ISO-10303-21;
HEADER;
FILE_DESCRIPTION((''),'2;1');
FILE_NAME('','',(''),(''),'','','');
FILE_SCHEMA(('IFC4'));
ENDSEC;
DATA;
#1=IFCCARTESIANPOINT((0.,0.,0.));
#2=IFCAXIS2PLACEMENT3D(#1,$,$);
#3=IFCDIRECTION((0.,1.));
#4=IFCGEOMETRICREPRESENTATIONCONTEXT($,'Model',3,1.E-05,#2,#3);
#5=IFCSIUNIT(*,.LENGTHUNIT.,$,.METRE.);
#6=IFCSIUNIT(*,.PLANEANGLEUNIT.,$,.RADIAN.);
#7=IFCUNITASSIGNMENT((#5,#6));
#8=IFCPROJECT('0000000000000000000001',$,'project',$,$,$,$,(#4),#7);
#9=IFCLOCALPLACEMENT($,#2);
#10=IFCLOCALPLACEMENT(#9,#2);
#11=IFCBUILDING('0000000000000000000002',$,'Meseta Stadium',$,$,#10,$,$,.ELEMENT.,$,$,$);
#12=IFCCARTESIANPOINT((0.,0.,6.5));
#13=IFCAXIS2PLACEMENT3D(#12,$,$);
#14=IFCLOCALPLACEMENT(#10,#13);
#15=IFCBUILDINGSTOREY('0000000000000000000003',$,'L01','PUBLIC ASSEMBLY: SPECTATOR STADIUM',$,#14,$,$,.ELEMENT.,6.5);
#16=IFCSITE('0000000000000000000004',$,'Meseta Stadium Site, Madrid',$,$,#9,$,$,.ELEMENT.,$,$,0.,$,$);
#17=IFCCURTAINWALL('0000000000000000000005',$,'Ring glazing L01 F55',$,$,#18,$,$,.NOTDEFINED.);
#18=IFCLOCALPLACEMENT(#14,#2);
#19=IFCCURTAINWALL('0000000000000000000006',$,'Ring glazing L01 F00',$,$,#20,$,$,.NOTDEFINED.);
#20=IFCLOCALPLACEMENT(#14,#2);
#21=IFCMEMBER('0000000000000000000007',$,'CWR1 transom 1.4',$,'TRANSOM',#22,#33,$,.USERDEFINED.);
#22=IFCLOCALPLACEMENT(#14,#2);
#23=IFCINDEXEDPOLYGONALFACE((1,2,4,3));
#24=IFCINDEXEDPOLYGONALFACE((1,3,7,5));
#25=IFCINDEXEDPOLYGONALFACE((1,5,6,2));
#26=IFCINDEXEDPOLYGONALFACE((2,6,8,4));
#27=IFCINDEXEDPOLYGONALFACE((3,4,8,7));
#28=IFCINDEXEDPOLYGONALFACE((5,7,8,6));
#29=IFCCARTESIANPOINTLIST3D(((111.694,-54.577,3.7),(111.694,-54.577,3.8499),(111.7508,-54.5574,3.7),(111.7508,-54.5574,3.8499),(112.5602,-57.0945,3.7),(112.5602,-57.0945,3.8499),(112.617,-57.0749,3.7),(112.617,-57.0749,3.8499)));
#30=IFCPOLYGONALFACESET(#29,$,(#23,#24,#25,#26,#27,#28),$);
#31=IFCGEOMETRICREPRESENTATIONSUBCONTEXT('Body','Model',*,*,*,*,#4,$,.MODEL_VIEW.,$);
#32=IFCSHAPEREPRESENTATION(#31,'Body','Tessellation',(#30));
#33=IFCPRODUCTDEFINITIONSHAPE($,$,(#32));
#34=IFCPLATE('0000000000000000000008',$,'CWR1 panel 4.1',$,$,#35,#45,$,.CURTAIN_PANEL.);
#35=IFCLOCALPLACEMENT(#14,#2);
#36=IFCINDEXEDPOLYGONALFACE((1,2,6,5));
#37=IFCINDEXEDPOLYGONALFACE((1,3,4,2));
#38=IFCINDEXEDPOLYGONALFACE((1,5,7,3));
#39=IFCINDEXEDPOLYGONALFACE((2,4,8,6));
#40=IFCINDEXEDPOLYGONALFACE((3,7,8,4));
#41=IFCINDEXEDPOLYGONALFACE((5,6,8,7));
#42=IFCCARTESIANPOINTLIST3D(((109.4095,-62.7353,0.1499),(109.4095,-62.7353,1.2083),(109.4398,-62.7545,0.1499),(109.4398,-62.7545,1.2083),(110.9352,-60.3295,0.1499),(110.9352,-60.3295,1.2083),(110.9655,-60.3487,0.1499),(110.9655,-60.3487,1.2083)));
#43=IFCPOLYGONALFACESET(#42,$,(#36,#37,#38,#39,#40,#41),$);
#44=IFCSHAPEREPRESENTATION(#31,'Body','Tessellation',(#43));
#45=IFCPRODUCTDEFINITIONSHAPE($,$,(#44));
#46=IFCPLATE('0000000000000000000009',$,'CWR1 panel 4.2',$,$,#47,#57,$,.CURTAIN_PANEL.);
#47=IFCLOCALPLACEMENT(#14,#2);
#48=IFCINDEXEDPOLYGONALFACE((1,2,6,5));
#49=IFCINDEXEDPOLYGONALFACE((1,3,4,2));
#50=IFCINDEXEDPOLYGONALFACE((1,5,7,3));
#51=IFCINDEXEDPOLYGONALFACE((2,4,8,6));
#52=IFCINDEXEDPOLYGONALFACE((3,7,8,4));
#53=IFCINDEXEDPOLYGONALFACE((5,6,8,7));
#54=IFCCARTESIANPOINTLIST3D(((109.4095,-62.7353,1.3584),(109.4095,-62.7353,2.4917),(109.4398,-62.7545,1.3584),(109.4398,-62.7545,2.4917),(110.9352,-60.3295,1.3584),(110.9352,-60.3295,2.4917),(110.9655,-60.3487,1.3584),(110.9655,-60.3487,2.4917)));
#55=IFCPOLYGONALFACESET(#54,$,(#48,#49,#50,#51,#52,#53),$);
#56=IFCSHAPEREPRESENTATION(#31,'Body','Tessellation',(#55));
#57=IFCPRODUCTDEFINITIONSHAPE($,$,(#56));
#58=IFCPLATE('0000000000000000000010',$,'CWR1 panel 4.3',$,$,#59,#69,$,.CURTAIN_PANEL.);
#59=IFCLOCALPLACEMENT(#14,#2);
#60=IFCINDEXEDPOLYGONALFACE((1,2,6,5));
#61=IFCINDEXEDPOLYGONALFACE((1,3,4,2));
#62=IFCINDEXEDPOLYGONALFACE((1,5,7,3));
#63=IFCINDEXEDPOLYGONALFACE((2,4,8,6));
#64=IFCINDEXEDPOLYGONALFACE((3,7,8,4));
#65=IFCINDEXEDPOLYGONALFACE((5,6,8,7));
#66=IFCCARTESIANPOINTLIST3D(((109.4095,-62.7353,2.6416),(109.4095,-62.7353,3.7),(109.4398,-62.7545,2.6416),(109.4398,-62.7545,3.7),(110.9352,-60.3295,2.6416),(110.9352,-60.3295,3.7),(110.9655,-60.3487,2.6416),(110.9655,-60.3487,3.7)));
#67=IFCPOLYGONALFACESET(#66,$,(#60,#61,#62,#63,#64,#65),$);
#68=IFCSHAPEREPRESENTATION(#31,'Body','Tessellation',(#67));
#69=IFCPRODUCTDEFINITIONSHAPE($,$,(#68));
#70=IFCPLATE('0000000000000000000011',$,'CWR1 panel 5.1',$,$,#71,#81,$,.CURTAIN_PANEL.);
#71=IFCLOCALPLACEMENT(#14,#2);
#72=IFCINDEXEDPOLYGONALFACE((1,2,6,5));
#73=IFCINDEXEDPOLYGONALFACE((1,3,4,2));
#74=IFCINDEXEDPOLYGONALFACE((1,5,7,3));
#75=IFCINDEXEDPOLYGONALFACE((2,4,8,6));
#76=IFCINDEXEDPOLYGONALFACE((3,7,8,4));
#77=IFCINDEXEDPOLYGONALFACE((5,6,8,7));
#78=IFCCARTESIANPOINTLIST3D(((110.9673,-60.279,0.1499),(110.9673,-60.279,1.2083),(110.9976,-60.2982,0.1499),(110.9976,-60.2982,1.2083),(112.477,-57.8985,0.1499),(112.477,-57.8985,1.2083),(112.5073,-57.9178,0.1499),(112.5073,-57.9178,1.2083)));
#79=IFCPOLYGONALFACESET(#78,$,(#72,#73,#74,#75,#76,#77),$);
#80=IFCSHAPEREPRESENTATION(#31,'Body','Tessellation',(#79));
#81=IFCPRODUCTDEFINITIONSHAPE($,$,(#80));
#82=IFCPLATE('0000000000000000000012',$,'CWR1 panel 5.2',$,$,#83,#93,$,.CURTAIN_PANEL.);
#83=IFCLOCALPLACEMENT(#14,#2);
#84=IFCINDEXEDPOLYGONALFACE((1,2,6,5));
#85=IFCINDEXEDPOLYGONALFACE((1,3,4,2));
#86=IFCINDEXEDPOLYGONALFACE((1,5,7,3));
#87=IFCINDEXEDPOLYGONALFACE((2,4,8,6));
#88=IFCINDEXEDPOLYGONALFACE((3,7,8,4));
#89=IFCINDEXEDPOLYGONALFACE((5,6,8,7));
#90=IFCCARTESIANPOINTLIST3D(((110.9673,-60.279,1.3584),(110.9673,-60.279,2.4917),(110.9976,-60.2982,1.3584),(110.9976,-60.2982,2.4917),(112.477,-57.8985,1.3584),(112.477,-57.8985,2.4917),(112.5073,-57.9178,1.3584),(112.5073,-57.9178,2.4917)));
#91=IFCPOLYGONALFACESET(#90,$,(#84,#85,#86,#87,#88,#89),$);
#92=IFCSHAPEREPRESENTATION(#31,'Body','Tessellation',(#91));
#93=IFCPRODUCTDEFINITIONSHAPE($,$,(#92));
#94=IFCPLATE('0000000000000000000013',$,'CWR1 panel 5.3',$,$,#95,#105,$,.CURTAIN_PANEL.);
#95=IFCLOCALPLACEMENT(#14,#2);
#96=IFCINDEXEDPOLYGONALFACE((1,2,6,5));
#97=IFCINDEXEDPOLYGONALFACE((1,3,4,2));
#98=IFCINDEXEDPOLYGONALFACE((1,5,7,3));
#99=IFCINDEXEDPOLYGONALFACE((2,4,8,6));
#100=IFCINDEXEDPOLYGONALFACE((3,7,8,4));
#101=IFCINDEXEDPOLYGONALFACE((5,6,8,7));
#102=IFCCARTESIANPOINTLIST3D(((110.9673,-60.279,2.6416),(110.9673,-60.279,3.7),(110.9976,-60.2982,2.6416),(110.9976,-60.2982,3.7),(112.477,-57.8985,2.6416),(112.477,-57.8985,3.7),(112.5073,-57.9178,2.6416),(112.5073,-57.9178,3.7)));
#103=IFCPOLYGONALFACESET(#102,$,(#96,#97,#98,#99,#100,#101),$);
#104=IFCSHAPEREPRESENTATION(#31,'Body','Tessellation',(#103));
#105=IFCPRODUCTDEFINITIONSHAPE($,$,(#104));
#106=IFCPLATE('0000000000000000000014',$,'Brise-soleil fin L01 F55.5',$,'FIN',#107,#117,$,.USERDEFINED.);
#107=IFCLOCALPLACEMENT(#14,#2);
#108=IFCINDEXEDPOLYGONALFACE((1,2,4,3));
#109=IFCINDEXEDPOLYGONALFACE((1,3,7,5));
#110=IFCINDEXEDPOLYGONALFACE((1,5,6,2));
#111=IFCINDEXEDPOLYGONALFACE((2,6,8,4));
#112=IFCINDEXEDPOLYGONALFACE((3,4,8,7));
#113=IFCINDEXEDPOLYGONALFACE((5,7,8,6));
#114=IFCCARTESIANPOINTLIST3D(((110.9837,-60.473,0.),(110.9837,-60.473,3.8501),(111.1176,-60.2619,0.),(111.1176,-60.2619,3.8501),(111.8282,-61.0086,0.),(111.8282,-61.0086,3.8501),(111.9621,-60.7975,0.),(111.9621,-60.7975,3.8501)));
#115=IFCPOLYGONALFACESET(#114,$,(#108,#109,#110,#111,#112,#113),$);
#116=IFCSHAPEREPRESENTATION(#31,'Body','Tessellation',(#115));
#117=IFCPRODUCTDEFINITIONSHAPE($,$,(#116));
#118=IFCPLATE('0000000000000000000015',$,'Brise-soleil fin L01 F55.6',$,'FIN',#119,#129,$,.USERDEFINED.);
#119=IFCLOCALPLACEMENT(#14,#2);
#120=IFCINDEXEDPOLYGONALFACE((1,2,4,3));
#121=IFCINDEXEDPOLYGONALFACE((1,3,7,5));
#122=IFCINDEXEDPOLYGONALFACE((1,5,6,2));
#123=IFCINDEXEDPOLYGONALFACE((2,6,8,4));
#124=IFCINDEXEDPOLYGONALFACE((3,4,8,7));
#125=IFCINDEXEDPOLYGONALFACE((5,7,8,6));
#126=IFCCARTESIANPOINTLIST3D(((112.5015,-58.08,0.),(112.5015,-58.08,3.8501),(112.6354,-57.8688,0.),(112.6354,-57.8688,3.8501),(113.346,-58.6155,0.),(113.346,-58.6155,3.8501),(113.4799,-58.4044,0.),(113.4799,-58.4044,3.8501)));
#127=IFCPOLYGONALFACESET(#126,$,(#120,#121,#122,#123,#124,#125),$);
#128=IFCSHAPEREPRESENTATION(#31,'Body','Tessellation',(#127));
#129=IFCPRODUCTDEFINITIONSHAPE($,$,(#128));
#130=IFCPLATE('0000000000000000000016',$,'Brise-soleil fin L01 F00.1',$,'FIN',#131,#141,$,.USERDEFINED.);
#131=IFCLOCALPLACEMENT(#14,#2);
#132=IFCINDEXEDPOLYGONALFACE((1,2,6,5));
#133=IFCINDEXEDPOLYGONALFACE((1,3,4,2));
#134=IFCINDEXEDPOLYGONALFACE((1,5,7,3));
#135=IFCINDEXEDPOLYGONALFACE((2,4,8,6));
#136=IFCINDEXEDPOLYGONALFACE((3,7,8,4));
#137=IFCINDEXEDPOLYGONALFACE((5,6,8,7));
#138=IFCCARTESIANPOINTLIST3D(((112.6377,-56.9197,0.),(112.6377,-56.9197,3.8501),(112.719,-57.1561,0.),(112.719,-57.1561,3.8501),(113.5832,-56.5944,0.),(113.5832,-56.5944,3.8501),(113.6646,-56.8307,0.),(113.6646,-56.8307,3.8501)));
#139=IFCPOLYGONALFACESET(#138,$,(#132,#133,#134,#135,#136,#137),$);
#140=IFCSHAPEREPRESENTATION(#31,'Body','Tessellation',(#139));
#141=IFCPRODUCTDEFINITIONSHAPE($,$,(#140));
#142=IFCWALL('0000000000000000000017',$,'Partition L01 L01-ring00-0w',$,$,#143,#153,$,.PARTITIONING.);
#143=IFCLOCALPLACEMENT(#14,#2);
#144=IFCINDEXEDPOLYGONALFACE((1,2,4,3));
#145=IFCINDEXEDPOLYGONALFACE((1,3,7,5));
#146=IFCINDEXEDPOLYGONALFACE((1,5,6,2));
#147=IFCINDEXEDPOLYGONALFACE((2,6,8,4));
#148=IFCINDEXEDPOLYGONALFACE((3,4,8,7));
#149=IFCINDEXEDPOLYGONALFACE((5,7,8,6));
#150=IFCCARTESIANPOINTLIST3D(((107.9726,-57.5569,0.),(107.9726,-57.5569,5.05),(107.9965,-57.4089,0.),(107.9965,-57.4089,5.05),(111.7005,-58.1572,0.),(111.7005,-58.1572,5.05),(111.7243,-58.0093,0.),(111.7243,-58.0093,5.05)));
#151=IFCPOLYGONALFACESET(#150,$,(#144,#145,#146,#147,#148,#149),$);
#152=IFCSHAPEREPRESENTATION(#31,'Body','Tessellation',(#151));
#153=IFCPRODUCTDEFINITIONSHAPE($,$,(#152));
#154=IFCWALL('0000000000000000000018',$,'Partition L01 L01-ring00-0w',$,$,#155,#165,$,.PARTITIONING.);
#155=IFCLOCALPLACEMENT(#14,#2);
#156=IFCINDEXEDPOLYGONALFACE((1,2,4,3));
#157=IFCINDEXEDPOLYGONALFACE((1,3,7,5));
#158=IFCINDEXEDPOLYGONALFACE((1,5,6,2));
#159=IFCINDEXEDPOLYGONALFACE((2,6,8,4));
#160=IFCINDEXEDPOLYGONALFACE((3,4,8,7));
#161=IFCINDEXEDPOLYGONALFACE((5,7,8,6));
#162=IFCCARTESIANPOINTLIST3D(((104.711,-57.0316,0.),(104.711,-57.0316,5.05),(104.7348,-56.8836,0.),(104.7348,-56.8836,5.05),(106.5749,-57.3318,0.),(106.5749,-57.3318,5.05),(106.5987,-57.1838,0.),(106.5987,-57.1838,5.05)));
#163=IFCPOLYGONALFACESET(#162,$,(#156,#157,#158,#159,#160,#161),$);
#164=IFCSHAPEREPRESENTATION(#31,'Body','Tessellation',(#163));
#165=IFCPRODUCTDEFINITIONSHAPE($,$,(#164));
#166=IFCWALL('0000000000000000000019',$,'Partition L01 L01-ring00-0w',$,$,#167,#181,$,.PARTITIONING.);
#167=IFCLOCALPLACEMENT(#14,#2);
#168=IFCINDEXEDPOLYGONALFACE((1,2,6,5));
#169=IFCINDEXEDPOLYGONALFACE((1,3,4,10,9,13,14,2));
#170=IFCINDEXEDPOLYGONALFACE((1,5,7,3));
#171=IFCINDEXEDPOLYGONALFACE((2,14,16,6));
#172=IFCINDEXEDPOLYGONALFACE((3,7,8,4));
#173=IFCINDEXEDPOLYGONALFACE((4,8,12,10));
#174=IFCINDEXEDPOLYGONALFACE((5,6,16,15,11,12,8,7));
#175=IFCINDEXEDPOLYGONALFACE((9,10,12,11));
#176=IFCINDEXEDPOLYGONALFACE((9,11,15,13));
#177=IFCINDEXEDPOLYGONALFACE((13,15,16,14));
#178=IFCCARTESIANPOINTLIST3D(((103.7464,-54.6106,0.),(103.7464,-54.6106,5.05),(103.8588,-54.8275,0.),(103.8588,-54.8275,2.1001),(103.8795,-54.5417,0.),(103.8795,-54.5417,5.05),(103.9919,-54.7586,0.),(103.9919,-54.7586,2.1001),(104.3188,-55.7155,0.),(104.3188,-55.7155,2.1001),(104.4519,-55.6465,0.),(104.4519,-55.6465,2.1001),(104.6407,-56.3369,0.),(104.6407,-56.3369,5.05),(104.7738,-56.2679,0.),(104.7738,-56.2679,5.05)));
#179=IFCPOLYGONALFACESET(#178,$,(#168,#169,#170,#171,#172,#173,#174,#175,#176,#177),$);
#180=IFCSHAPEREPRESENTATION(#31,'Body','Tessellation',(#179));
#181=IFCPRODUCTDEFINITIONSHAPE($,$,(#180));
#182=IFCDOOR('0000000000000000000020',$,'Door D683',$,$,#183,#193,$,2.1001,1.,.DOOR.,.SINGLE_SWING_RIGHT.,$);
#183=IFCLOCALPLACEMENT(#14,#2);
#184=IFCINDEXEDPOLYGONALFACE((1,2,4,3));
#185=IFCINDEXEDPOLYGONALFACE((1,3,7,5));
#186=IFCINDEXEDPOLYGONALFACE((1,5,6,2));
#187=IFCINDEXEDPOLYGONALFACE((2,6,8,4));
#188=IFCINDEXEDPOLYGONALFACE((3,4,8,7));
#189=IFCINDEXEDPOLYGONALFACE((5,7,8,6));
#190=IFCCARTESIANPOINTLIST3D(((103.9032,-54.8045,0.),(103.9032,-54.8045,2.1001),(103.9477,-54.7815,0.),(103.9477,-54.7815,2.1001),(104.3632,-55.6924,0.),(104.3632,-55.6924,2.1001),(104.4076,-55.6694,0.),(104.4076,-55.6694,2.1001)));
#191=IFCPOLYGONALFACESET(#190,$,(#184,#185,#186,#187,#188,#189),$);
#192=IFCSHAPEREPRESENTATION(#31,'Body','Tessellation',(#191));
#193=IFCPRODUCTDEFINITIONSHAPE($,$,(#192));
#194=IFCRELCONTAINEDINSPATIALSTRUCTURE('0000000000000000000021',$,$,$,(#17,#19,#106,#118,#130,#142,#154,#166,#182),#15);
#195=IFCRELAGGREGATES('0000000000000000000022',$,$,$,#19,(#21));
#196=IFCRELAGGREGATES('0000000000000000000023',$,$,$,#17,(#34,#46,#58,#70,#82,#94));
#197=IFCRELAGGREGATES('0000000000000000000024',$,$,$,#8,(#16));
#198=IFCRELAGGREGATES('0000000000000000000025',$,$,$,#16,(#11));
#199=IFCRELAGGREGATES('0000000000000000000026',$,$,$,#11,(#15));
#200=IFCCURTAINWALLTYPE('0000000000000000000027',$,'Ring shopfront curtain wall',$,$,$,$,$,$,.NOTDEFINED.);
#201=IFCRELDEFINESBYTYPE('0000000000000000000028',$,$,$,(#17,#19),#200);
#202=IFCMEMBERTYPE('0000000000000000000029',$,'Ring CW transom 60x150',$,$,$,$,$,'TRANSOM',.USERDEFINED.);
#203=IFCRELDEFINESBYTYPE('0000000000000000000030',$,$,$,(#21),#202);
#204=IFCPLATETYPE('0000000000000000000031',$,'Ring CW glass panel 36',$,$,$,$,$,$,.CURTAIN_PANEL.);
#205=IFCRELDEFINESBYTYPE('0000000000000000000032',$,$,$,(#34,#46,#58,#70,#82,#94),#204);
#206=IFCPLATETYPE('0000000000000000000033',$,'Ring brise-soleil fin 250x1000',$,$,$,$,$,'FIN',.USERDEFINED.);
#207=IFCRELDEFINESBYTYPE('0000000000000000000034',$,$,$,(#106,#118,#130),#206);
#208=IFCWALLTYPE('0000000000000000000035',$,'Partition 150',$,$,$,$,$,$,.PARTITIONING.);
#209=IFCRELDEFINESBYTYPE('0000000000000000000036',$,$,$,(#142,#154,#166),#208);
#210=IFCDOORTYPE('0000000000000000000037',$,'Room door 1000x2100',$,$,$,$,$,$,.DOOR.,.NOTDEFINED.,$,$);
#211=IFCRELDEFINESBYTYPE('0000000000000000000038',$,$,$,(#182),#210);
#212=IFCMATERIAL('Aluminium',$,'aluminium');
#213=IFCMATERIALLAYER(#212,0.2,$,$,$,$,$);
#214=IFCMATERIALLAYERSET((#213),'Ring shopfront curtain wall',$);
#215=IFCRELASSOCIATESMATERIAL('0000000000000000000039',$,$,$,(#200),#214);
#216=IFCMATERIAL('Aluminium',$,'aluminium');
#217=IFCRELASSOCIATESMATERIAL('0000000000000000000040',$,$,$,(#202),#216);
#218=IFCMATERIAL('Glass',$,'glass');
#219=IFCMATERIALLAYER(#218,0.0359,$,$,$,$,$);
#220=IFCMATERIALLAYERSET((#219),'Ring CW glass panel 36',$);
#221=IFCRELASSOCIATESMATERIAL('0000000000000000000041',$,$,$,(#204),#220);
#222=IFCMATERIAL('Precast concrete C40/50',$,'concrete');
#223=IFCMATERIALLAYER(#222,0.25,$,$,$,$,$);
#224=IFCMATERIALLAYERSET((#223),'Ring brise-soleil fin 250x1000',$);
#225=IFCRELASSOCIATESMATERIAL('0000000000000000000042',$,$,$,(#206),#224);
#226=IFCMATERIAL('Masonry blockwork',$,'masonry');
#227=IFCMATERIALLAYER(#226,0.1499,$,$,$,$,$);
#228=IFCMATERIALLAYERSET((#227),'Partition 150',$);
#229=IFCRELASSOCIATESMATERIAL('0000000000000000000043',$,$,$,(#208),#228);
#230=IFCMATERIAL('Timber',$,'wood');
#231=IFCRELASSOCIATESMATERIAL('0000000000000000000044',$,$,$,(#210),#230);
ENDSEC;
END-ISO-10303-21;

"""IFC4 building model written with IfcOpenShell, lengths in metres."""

from ifc_helpers import new_model, si_unit, direction, frame, frame_2d, origin, origin_2d, place, context, subcontext, project, spatial, rectangle, extrude, material, layer, layer_set, material_profile, profile_set, type_object, element, fill, aggregate, save


model = new_model("IFC4")

# Units and contexts
model_context = context("Model", 3, precision=1e-05, world=origin(), true_north=direction((0.0, 1.0)))
body_context = subcontext(model_context, "Body", "Model", "MODEL_VIEW")
ifc_project = project(units=[si_unit("LENGTHUNIT", "METRE"), si_unit("PLANEANGLEUNIT", "RADIAN")], contexts=[model_context])

# Site, building, storey
site_placement = place(None, origin())
site = spatial("IfcSite", under=ifc_project, at=site_placement, Name="Meseta Stadium Site, Madrid", CompositionType="ELEMENT", RefElevation=0.0)
building_placement = place(site_placement, origin())
building = spatial("IfcBuilding", under=site, at=building_placement, Name="Meseta Stadium", CompositionType="ELEMENT")
storey_placement = place(building_placement, frame((0.0, 0.0, 6.5)))
storey = spatial("IfcBuildingStorey", under=building, at=storey_placement, Name="L01", Description="PUBLIC ASSEMBLY: SPECTATOR STADIUM", CompositionType="ELEMENT", Elevation=6.5)

# Curtain wall
ifc_material_1 = material(Name="Aluminium", Category="aluminium")
ifc_layer_1 = layer(ifc_material_1, 0.2)
ifc_layer_set_1 = layer_set([ifc_layer_1], Name="Ring shopfront curtain wall")
curtain_wall_type = type_object("IfcCurtainWallType", Name="Ring shopfront curtain wall", PredefinedType="NOTDEFINED", material=ifc_layer_set_1)
curtain_wall_1_placement = place(storey_placement, origin())
curtain_wall_1 = element("IfcCurtainWall", 1, at=curtain_wall_1_placement, inside=storey, type_object=curtain_wall_type, Name="Ring glazing L01 F55", PredefinedType="NOTDEFINED")

# Curtain wall
curtain_wall_2_placement = place(storey_placement, origin())
curtain_wall_2 = element("IfcCurtainWall", 2, at=curtain_wall_2_placement, inside=storey, type_object=curtain_wall_type, Name="Ring glazing L01 F00", PredefinedType="NOTDEFINED")

# Member
ifc_material_2 = material(Name="Aluminium", Category="aluminium")
ifc_material_profile_1 = material_profile(ifc_material_2, rectangle(XDim=0.0601, YDim=0.1499, at=origin_2d()), Name="CW 60x150")
ifc_profile_set_1 = profile_set([ifc_material_profile_1], Name="Aluminium")
member_type_1 = type_object("IfcMemberType", Name="Ring CW transom 60x150", ElementType="TRANSOM", PredefinedType="USERDEFINED", material=ifc_profile_set_1)
member_1_placement = place(storey_placement, frame((112.5886, -57.0847, 3.7749), z_axis=(-0.325346, 0.945595, 0.0), x_axis=(-0.945595, -0.325346, 0.0)))
member_1 = element("IfcMember", 3, at=member_1_placement, type_object=member_type_1, Name="CWR1 transom 1.4", ObjectType="TRANSOM", PredefinedType="USERDEFINED", context=body_context, shape_type="SweptSolid", body=[
    extrude(rectangle(XDim=0.0601, YDim=0.1499, at=origin_2d()), origin(), (0.0, 0.0, 1.0), 2.6624),
])
aggregate(curtain_wall_2, [member_1])

# Plates
ifc_material_3 = material(Name="Glass", Category="glass")
ifc_layer_2 = layer(ifc_material_3, 0.0359)
ifc_layer_set_2 = layer_set([ifc_layer_2], Name="Ring CW glass panel 36")
plate_type_1 = type_object("IfcPlateType", Name="Ring CW glass panel 36", PredefinedType="CURTAIN_PANEL", material=ifc_layer_set_2)
plate_1_placement = place(storey_placement, frame((110.1875, -61.542, 0.1499), z_axis=(0.0, 0.0, 1.0), x_axis=(0.535569, 0.844491, 0.0)))
plate_1 = element("IfcPlate", 4, at=plate_1_placement, type_object=plate_type_1, Name="CWR1 panel 4.1", PredefinedType="CURTAIN_PANEL", context=body_context, shape_type="SweptSolid", body=[
    extrude(rectangle(XDim=2.8489, YDim=0.0359, at=origin_2d()), origin(), (0.0, 0.0, 1.0), 1.0583),
])
plate_2_placement = place(storey_placement, frame((110.1875, -61.542, 1.3584), z_axis=(0.0, 0.0, 1.0), x_axis=(0.535569, 0.844491, 0.0)))
plate_2 = element("IfcPlate", 5, at=plate_2_placement, type_object=plate_type_1, Name="CWR1 panel 4.2", PredefinedType="CURTAIN_PANEL", context=body_context, shape_type="SweptSolid", body=[
    extrude(rectangle(XDim=2.8489, YDim=0.0359, at=origin_2d()), origin(), (0.0, 0.0, 1.0), 1.1333),
])
plate_3_placement = place(storey_placement, frame((110.1875, -61.542, 2.6416), z_axis=(0.0, 0.0, 1.0), x_axis=(0.535569, 0.844491, 0.0)))
plate_3 = element("IfcPlate", 6, at=plate_3_placement, type_object=plate_type_1, Name="CWR1 panel 4.3", PredefinedType="CURTAIN_PANEL", context=body_context, shape_type="SweptSolid", body=[
    extrude(rectangle(XDim=2.8489, YDim=0.0359, at=origin_2d()), origin(), (0.0, 0.0, 1.0), 1.0583),
])
plate_4_placement = place(storey_placement, frame((111.7373, -59.0984, 0.1499), z_axis=(0.0, 0.0, 1.0), x_axis=(0.535569, 0.844491, 0.0)))
plate_4 = element("IfcPlate", 7, at=plate_4_placement, type_object=plate_type_1, Name="CWR1 panel 5.1", PredefinedType="CURTAIN_PANEL", context=body_context, shape_type="SweptSolid", body=[
    extrude(rectangle(XDim=2.8188, YDim=0.0359, at=origin_2d()), origin(), (0.0, 0.0, 1.0), 1.0583),
])
plate_5_placement = place(storey_placement, frame((111.7373, -59.0984, 1.3584), z_axis=(0.0, 0.0, 1.0), x_axis=(0.535569, 0.844491, 0.0)))
plate_5 = element("IfcPlate", 8, at=plate_5_placement, type_object=plate_type_1, Name="CWR1 panel 5.2", PredefinedType="CURTAIN_PANEL", context=body_context, shape_type="SweptSolid", body=[
    extrude(rectangle(XDim=2.8188, YDim=0.0359, at=origin_2d()), origin(), (0.0, 0.0, 1.0), 1.1333),
])
plate_6_placement = place(storey_placement, frame((111.7373, -59.0984, 2.6416), z_axis=(0.0, 0.0, 1.0), x_axis=(0.535569, 0.844491, 0.0)))
plate_6 = element("IfcPlate", 9, at=plate_6_placement, type_object=plate_type_1, Name="CWR1 panel 5.3", PredefinedType="CURTAIN_PANEL", context=body_context, shape_type="SweptSolid", body=[
    extrude(rectangle(XDim=2.8188, YDim=0.0359, at=origin_2d()), origin(), (0.0, 0.0, 1.0), 1.0583),
])
aggregate(curtain_wall_1, [plate_1, plate_2, plate_3, plate_4, plate_5, plate_6])

# Plates
ifc_material_4 = material(Name="Precast concrete C40/50", Category="concrete")
ifc_layer_3 = layer(ifc_material_4, 0.25)
ifc_layer_set_3 = layer_set([ifc_layer_3], Name="Ring brise-soleil fin 250x1000")
plate_type_2 = type_object("IfcPlateType", Name="Ring brise-soleil fin 250x1000", ElementType="FIN", PredefinedType="USERDEFINED", material=ifc_layer_set_3)
for number, where, z_axis, x_axis, name in (
    (10, (111.4729, -60.6353, 0.0), (0.0, 0.0, 1.0), (0.535569, 0.844492, 0.0), "Brise-soleil fin L01 F55.5"),
    (11, (112.9907, -58.2422, 0.0), (0.0, 0.0, 1.0), (0.535569, 0.844492, 0.0), "Brise-soleil fin L01 F55.6"),
    (12, (113.1511, -56.8752, 0.0), (0.0, 0.0, 1.0), (-0.325393, 0.945579, 0.0), "Brise-soleil fin L01 F00.1"),
):
    element("IfcPlate", number, at=place(storey_placement, frame(where, z_axis=z_axis, x_axis=x_axis)), inside=storey, type_object=plate_type_2, Name=name, ObjectType="FIN", PredefinedType="USERDEFINED", context=body_context, shape_type="SweptSolid", body=[
        extrude(rectangle(XDim=0.25, YDim=1.0, at=origin_2d()), origin(), (0.0, 0.0, 1.0), 3.8501),
    ])

# Walls
ifc_material_5 = material(Name="Masonry blockwork", Category="masonry")
ifc_layer_4 = layer(ifc_material_5, 0.1499)
ifc_layer_set_4 = layer_set([ifc_layer_4], Name="Partition 150")
wall_type_1 = type_object("IfcWallType", Name="Partition 150", PredefinedType="PARTITIONING", material=ifc_layer_set_4)
wall_1_placement = place(storey_placement, frame((111.7124, -58.0833, 0.0), z_axis=(0.0, 0.0, 1.0), x_axis=(-0.987279, 0.158997, 0.0)))
element("IfcWall", 13, at=wall_1_placement, inside=storey, type_object=wall_type_1, Name="Partition L01 L01-ring00-0w", PredefinedType="PARTITIONING", context=body_context, shape_type="SweptSolid", body=[
    extrude(rectangle(XDim=3.7759, YDim=0.1499, at=frame_2d((1.8879, 0.0))), origin(), (0.0, 0.0, 1.0), 5.05),
])
wall_2_placement = place(storey_placement, frame((106.5867, -57.2578, 0.0), z_axis=(0.0, 0.0, 1.0), x_axis=(-0.987271, 0.159049, 0.0)))
element("IfcWall", 14, at=wall_2_placement, inside=storey, type_object=wall_type_1, Name="Partition L01 L01-ring00-0w", PredefinedType="PARTITIONING", context=body_context, shape_type="SweptSolid", body=[
    extrude(rectangle(XDim=1.8879, YDim=0.1499, at=frame_2d((0.9438, 0.0))), origin(), (0.0, 0.0, 1.0), 5.05),
])

# Wall, opening, door
wall_3_placement = place(storey_placement, frame((104.7073, -56.3025, 0.0), z_axis=(0.0, 0.0, 1.0), x_axis=(-0.459976, 0.887931, 0.0)))
wall_3 = element("IfcWall", 15, at=wall_3_placement, inside=storey, type_object=wall_type_1, Name="Partition L01 L01-ring00-0w", PredefinedType="PARTITIONING", context=body_context, shape_type="SweptSolid", body=[
    extrude(rectangle(XDim=1.9441, YDim=0.1499, at=frame_2d((0.9722, 0.0))), origin(), (0.0, 0.0, 1.0), 5.05),
])
opening_placement = place(wall_3_placement, frame((0.7, 0.0, 0.0)))
opening = element("IfcOpeningElement", 16, at=opening_placement, cuts=wall_3, PredefinedType="OPENING", context=body_context, shape_type="SweptSolid", body=[
    extrude(rectangle(XDim=1.0, YDim=2.1001, at=frame_2d((0.5, 1.05))), frame((0.0, 0.085, 0.0), z_axis=(0.0, -1.0, 0.0), x_axis=(1.0, 0.0, 0.0)), (0.0, 0.0, 1.0), 0.1699),
])
ifc_material_6 = material(Name="Timber", Category="wood")
door_type = type_object("IfcDoorType", Name="Room door 1000x2100", OperationType="NOTDEFINED", PredefinedType="DOOR", material=ifc_material_6)
door_placement = place(opening_placement, origin())
door = element("IfcDoor", 17, at=door_placement, inside=storey, type_object=door_type, Name="Door D683", OperationType="SINGLE_SWING_RIGHT", OverallHeight=2.1001, OverallWidth=1.0, PredefinedType="DOOR", context=body_context, shape_type="SweptSolid", body=[
    extrude(rectangle(XDim=1.0, YDim=2.1001, at=frame_2d((0.5, 1.05))), frame((0.0, 0.0249, 0.0), z_axis=(0.0, -1.0, 0.0), x_axis=(1.0, 0.0, 0.0)), (0.0, 0.0, 1.0), 0.05),
])
fill(opening, door)

save(model, "model.ifc")
